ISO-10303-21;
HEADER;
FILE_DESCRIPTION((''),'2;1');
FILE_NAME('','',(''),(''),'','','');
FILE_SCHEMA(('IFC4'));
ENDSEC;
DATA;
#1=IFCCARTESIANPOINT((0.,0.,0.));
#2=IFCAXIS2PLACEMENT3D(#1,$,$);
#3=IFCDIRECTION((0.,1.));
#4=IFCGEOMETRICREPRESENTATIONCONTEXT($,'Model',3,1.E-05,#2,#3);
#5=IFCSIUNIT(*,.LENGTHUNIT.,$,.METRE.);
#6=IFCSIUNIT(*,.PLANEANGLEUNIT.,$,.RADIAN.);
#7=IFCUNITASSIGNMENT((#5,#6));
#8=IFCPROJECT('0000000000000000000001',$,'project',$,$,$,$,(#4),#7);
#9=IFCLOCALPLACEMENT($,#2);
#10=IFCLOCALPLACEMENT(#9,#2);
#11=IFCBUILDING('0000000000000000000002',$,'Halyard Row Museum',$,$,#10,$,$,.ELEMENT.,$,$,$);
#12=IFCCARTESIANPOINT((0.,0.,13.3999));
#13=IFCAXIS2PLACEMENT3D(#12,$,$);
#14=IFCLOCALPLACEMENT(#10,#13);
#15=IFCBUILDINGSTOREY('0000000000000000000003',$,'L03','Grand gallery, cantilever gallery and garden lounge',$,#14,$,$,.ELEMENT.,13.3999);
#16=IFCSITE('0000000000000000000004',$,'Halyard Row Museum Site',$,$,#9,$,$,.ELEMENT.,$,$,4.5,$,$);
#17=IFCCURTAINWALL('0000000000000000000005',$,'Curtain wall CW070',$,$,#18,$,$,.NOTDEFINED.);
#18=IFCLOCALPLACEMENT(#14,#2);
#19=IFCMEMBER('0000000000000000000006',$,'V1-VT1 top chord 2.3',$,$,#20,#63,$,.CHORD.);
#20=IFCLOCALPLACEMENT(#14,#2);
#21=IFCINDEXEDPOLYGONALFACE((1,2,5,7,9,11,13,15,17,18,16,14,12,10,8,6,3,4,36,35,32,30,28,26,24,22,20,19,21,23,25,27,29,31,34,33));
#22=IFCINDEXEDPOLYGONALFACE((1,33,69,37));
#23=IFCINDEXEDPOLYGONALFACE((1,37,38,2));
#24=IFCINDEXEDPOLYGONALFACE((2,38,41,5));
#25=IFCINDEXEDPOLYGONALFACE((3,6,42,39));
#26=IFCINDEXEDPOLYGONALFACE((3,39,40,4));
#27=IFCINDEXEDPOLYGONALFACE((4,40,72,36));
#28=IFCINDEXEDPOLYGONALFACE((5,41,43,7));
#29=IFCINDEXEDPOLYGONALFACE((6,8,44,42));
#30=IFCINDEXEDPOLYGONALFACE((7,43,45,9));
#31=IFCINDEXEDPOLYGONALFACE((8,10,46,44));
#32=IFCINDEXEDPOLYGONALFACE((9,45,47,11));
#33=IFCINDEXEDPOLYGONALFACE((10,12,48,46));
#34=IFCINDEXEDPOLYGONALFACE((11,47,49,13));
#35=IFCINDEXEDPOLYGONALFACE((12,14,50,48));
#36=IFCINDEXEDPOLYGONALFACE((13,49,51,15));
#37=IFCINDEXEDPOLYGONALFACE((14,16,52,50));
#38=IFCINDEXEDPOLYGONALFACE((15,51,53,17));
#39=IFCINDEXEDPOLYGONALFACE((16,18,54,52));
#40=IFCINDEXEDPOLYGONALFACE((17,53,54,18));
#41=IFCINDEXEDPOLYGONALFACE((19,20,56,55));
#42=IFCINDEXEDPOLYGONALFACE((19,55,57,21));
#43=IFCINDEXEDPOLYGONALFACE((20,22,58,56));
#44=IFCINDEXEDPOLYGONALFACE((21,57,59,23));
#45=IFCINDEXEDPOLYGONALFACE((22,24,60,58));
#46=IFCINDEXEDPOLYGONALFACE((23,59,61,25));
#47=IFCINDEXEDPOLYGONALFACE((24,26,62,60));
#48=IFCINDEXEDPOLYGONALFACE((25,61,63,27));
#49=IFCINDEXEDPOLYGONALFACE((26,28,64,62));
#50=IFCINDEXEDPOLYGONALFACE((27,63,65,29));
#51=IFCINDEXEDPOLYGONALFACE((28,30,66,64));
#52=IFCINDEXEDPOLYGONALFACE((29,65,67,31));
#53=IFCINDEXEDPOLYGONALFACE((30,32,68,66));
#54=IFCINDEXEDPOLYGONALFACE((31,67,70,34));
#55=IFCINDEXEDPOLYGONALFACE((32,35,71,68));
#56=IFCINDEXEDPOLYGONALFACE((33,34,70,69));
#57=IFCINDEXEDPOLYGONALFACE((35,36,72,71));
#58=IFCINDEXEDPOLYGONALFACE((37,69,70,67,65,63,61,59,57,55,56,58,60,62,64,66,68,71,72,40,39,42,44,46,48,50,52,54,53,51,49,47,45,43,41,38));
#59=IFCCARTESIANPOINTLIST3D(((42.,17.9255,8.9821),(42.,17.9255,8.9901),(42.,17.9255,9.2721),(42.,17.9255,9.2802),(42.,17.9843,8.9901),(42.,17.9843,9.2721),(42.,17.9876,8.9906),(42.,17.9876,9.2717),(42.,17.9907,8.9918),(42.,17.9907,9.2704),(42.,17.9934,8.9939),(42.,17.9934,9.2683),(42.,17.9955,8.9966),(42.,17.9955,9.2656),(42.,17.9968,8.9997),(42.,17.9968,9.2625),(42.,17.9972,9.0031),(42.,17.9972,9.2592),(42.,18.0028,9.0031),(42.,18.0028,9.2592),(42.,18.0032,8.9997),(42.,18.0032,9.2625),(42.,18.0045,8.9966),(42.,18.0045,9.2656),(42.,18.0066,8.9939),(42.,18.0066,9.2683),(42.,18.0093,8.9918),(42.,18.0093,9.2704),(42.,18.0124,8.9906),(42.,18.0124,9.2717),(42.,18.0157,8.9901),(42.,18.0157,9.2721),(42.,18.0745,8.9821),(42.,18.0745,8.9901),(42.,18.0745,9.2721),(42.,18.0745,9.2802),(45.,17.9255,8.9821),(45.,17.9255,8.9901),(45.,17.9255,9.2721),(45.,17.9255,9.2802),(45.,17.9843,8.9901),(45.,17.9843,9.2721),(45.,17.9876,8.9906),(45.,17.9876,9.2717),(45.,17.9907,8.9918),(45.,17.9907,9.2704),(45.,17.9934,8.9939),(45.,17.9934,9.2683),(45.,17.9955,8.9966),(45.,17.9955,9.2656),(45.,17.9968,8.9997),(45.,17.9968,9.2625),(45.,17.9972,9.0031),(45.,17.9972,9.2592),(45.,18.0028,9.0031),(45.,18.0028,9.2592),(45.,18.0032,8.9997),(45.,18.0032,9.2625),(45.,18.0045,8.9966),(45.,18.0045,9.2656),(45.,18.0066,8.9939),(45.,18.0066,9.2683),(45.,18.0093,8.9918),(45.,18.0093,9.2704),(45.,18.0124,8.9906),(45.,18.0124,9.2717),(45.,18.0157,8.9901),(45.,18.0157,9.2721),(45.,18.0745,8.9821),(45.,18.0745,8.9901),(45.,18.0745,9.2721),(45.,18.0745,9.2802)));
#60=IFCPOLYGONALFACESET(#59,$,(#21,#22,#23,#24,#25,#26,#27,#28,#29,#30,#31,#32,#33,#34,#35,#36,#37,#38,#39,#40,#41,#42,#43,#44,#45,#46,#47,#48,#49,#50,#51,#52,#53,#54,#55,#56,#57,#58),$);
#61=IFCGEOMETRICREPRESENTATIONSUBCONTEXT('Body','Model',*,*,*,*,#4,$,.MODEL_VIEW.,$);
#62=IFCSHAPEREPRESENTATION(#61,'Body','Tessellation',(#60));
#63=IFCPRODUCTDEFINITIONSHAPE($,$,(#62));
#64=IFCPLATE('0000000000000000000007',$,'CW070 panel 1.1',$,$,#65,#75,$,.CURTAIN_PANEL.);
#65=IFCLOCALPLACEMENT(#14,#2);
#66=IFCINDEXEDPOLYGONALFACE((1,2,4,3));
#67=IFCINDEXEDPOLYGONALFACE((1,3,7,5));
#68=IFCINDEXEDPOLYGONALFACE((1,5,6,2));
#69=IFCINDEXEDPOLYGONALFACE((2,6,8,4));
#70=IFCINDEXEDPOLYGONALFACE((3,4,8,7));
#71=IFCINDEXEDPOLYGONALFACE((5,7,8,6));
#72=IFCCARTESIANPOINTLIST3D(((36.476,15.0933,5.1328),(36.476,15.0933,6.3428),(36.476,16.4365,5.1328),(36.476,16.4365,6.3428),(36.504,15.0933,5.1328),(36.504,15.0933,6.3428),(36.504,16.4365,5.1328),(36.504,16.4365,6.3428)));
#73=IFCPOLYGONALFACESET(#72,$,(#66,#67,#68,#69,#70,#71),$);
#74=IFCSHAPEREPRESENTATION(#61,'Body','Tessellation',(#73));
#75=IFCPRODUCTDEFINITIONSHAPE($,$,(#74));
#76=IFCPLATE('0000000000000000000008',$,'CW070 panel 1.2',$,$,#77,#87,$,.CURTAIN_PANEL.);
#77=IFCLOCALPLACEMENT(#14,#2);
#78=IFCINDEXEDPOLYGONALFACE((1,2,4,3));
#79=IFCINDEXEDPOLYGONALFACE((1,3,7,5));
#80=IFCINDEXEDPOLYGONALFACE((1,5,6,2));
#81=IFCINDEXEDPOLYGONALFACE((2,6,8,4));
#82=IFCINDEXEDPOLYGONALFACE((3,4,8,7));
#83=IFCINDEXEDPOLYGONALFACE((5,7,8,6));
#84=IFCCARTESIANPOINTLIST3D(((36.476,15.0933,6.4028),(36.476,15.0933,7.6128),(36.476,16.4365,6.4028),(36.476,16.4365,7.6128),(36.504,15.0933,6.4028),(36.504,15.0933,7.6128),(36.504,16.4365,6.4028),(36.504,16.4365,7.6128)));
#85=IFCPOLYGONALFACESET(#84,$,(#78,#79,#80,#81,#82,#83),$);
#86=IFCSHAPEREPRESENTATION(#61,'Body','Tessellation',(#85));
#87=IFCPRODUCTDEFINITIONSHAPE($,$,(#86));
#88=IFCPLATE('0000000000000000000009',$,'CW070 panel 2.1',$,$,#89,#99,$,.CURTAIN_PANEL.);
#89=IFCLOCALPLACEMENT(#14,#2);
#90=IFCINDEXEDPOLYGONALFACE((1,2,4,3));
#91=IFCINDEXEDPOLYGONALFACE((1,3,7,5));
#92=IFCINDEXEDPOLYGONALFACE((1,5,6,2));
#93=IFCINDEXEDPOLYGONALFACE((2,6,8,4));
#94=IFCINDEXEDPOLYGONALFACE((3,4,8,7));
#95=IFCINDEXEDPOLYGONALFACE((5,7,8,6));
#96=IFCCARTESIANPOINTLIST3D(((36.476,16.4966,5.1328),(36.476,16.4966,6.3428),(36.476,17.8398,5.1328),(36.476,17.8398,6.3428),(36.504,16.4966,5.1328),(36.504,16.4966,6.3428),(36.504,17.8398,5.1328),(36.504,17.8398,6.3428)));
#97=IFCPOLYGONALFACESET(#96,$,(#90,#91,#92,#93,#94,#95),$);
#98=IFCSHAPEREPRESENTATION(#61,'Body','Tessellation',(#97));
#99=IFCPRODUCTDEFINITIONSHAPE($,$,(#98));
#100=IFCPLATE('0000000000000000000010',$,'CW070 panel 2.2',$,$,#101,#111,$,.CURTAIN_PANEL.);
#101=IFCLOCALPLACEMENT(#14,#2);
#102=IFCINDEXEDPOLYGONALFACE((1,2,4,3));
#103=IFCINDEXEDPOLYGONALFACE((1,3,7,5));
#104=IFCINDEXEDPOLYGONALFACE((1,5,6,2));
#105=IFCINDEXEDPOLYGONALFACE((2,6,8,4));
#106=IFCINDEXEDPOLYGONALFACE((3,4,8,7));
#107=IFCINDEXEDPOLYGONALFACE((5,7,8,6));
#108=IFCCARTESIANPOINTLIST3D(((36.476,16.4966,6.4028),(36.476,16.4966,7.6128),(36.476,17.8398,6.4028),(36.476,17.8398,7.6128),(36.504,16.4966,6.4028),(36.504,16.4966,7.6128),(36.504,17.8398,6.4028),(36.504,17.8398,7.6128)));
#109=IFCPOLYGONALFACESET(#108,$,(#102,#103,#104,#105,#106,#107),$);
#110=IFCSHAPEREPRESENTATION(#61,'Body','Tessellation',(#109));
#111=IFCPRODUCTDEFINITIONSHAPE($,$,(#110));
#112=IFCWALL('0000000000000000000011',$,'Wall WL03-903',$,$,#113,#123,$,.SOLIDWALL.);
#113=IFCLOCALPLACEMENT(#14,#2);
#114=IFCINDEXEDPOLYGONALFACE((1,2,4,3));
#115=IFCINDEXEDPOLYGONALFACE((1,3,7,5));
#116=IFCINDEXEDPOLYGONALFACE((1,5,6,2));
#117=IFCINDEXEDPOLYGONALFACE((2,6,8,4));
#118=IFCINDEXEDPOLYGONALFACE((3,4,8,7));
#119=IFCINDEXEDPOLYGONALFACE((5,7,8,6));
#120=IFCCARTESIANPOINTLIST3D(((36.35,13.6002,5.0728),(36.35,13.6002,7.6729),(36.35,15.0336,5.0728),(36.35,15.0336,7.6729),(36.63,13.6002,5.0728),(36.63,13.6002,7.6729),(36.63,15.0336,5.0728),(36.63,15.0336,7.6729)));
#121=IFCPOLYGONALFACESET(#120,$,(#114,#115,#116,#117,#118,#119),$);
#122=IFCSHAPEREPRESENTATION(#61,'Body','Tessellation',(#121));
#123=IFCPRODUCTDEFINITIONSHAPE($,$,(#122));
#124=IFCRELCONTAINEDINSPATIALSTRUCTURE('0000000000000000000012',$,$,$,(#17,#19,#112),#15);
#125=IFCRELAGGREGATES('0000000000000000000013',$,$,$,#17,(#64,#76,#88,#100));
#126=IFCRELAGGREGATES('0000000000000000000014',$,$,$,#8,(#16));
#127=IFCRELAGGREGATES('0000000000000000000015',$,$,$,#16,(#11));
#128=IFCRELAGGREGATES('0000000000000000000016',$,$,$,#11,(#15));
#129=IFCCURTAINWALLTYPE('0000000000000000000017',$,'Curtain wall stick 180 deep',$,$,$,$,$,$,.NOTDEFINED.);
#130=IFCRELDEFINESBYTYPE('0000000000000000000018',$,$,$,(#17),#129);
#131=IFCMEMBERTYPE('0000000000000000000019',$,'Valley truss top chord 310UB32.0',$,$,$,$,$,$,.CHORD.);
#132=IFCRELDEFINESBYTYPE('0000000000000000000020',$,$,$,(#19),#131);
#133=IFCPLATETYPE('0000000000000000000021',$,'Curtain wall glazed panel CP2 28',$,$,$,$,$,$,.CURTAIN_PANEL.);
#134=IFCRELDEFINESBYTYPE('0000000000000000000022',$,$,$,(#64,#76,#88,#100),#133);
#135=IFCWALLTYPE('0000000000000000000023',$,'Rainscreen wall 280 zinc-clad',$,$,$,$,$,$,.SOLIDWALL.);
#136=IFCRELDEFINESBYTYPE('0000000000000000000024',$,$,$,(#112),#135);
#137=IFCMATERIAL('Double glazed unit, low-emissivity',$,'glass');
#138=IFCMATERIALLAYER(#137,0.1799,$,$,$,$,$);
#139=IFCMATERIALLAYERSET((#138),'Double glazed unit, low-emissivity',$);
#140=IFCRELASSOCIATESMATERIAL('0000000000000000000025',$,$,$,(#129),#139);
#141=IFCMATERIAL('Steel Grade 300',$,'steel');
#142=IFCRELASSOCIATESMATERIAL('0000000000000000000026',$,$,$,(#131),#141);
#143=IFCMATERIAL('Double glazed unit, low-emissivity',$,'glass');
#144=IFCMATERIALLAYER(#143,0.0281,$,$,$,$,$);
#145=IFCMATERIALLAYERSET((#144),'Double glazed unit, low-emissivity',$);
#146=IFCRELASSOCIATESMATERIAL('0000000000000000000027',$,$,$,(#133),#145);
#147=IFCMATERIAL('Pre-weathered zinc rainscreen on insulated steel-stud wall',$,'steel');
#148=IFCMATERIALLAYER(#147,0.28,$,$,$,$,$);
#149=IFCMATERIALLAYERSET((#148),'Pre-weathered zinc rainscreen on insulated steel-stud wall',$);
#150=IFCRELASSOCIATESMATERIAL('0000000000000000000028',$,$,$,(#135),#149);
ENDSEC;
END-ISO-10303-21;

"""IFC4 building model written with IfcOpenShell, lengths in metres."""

from ifc_helpers import new_model, si_unit, direction, frame, frame_2d, origin, origin_2d, place, context, subcontext, project, spatial, rectangle, i_section, extrude, material, layer, layer_set, material_profile, profile_set, type_object, element, aggregate, save


model = new_model("IFC4")

# Units and contexts
model_context = context("Model", 3, precision=1e-05, world=origin(), true_north=direction((0.0, 1.0)))
body_context = subcontext(model_context, "Body", "Model", "MODEL_VIEW")
ifc_project = project(units=[si_unit("LENGTHUNIT", "METRE"), si_unit("PLANEANGLEUNIT", "RADIAN")], contexts=[model_context])

# Site, building, storey
site_placement = place(None, origin())
site = spatial("IfcSite", under=ifc_project, at=site_placement, Name="Halyard Row Museum Site", CompositionType="ELEMENT", RefElevation=4.5)
building_placement = place(site_placement, origin())
building = spatial("IfcBuilding", under=site, at=building_placement, Name="Halyard Row Museum", CompositionType="ELEMENT")
storey_placement = place(building_placement, frame((0.0, 0.0, 13.3999)))
storey = spatial("IfcBuildingStorey", under=building, at=storey_placement, Name="L03", Description="Grand gallery, cantilever gallery and garden lounge", CompositionType="ELEMENT", Elevation=13.3999)

# Curtain wall
ifc_material_1 = material(Name="Double glazed unit, low-emissivity", Category="glass")
ifc_layer_1 = layer(ifc_material_1, 0.1799)
ifc_layer_set_1 = layer_set([ifc_layer_1], Name="Double glazed unit, low-emissivity")
curtain_wall_type = type_object("IfcCurtainWallType", Name="Curtain wall stick 180 deep", PredefinedType="NOTDEFINED", material=ifc_layer_set_1)
curtain_wall_placement = place(storey_placement, origin())
curtain_wall = element("IfcCurtainWall", 1, at=curtain_wall_placement, inside=storey, type_object=curtain_wall_type, Name="Curtain wall CW070", PredefinedType="NOTDEFINED")

# Member
ifc_material_2 = material(Name="Steel Grade 300", Category="steel")
ifc_material_profile_1 = material_profile(ifc_material_2, i_section(OverallWidth=0.1489, OverallDepth=0.2981, WebThickness=0.0056, FlangeThickness=0.0081, FilletRadius=0.0129, at=origin_2d()), Name="310UB32.0")
ifc_profile_set_1 = profile_set([ifc_material_profile_1], Name="Steel Grade 300")
member_type_1 = type_object("IfcMemberType", Name="Valley truss top chord 310UB32.0", PredefinedType="CHORD", material=ifc_profile_set_1)
for number, where, z_axis, x_axis, name in (
    (2, (42.0, 18.0, 9.1311), (1.0, 0.0, 0.0), (0.0, 1.0, 0.0), "V1-VT1 top chord 2.3"),
):
    element("IfcMember", number, at=place(storey_placement, frame(where, z_axis=z_axis, x_axis=x_axis)), inside=storey, type_object=member_type_1, Name=name, PredefinedType="CHORD", context=body_context, shape_type="SweptSolid", body=[
        extrude(i_section(OverallWidth=0.1489, OverallDepth=0.2981, WebThickness=0.0056, FlangeThickness=0.0081, FilletRadius=0.0129, at=origin_2d()), origin(), (0.0, 0.0, 1.0), 3.0),
    ])

# Plates
ifc_material_3 = material(Name="Double glazed unit, low-emissivity", Category="glass")
ifc_layer_2 = layer(ifc_material_3, 0.0281)
ifc_layer_set_2 = layer_set([ifc_layer_2], Name="Double glazed unit, low-emissivity")
plate_type = type_object("IfcPlateType", Name="Curtain wall glazed panel CP2 28", PredefinedType="CURTAIN_PANEL", material=ifc_layer_set_2)
plate_1_placement = place(storey_placement, frame((36.49, 15.7649, 5.1328), z_axis=(0.0, 0.0, 1.0), x_axis=(0.0, 1.0, 0.0)))
plate_1 = element("IfcPlate", 3, at=plate_1_placement, type_object=plate_type, Name="CW070 panel 1.1", PredefinedType="CURTAIN_PANEL", context=body_context, shape_type="SweptSolid", body=[
    extrude(rectangle(XDim=1.3433, YDim=0.0281, at=origin_2d()), origin(), (0.0, 0.0, 1.0), 1.21),
])
plate_2_placement = place(storey_placement, frame((36.49, 15.7649, 6.4028), z_axis=(0.0, 0.0, 1.0), x_axis=(0.0, 1.0, 0.0)))
plate_2 = element("IfcPlate", 4, at=plate_2_placement, type_object=plate_type, Name="CW070 panel 1.2", PredefinedType="CURTAIN_PANEL", context=body_context, shape_type="SweptSolid", body=[
    extrude(rectangle(XDim=1.3433, YDim=0.0281, at=origin_2d()), origin(), (0.0, 0.0, 1.0), 1.21),
])
plate_3_placement = place(storey_placement, frame((36.49, 17.1682, 5.1328), z_axis=(0.0, 0.0, 1.0), x_axis=(0.0, 1.0, 0.0)))
plate_3 = element("IfcPlate", 5, at=plate_3_placement, type_object=plate_type, Name="CW070 panel 2.1", PredefinedType="CURTAIN_PANEL", context=body_context, shape_type="SweptSolid", body=[
    extrude(rectangle(XDim=1.3433, YDim=0.0281, at=origin_2d()), origin(), (0.0, 0.0, 1.0), 1.21),
])
plate_4_placement = place(storey_placement, frame((36.49, 17.1682, 6.4028), z_axis=(0.0, 0.0, 1.0), x_axis=(0.0, 1.0, 0.0)))
plate_4 = element("IfcPlate", 6, at=plate_4_placement, type_object=plate_type, Name="CW070 panel 2.2", PredefinedType="CURTAIN_PANEL", context=body_context, shape_type="SweptSolid", body=[
    extrude(rectangle(XDim=1.3433, YDim=0.0281, at=origin_2d()), origin(), (0.0, 0.0, 1.0), 1.21),
])
aggregate(curtain_wall, [plate_1, plate_2, plate_3, plate_4])

# Wall
ifc_material_4 = material(Name="Pre-weathered zinc rainscreen on insulated steel-stud wall", Category="steel")
ifc_layer_3 = layer(ifc_material_4, 0.28)
ifc_layer_set_3 = layer_set([ifc_layer_3], Name="Pre-weathered zinc rainscreen on insulated steel-stud wall")
wall_type = type_object("IfcWallType", Name="Rainscreen wall 280 zinc-clad", PredefinedType="SOLIDWALL", material=ifc_layer_set_3)
wall_placement = place(storey_placement, frame((36.49, 13.6001, 5.0728), z_axis=(0.0, 0.0, 1.0), x_axis=(0.0, 1.0, 0.0)))
element("IfcWall", 7, at=wall_placement, inside=storey, type_object=wall_type, Name="Wall WL03-903", PredefinedType="SOLIDWALL", context=body_context, shape_type="SweptSolid", body=[
    extrude(rectangle(XDim=1.4333, YDim=0.28, at=frame_2d((0.7168, 0.0))), origin(), (0.0, 0.0, 1.0), 2.6001),
])

save(model, "model.ifc")
